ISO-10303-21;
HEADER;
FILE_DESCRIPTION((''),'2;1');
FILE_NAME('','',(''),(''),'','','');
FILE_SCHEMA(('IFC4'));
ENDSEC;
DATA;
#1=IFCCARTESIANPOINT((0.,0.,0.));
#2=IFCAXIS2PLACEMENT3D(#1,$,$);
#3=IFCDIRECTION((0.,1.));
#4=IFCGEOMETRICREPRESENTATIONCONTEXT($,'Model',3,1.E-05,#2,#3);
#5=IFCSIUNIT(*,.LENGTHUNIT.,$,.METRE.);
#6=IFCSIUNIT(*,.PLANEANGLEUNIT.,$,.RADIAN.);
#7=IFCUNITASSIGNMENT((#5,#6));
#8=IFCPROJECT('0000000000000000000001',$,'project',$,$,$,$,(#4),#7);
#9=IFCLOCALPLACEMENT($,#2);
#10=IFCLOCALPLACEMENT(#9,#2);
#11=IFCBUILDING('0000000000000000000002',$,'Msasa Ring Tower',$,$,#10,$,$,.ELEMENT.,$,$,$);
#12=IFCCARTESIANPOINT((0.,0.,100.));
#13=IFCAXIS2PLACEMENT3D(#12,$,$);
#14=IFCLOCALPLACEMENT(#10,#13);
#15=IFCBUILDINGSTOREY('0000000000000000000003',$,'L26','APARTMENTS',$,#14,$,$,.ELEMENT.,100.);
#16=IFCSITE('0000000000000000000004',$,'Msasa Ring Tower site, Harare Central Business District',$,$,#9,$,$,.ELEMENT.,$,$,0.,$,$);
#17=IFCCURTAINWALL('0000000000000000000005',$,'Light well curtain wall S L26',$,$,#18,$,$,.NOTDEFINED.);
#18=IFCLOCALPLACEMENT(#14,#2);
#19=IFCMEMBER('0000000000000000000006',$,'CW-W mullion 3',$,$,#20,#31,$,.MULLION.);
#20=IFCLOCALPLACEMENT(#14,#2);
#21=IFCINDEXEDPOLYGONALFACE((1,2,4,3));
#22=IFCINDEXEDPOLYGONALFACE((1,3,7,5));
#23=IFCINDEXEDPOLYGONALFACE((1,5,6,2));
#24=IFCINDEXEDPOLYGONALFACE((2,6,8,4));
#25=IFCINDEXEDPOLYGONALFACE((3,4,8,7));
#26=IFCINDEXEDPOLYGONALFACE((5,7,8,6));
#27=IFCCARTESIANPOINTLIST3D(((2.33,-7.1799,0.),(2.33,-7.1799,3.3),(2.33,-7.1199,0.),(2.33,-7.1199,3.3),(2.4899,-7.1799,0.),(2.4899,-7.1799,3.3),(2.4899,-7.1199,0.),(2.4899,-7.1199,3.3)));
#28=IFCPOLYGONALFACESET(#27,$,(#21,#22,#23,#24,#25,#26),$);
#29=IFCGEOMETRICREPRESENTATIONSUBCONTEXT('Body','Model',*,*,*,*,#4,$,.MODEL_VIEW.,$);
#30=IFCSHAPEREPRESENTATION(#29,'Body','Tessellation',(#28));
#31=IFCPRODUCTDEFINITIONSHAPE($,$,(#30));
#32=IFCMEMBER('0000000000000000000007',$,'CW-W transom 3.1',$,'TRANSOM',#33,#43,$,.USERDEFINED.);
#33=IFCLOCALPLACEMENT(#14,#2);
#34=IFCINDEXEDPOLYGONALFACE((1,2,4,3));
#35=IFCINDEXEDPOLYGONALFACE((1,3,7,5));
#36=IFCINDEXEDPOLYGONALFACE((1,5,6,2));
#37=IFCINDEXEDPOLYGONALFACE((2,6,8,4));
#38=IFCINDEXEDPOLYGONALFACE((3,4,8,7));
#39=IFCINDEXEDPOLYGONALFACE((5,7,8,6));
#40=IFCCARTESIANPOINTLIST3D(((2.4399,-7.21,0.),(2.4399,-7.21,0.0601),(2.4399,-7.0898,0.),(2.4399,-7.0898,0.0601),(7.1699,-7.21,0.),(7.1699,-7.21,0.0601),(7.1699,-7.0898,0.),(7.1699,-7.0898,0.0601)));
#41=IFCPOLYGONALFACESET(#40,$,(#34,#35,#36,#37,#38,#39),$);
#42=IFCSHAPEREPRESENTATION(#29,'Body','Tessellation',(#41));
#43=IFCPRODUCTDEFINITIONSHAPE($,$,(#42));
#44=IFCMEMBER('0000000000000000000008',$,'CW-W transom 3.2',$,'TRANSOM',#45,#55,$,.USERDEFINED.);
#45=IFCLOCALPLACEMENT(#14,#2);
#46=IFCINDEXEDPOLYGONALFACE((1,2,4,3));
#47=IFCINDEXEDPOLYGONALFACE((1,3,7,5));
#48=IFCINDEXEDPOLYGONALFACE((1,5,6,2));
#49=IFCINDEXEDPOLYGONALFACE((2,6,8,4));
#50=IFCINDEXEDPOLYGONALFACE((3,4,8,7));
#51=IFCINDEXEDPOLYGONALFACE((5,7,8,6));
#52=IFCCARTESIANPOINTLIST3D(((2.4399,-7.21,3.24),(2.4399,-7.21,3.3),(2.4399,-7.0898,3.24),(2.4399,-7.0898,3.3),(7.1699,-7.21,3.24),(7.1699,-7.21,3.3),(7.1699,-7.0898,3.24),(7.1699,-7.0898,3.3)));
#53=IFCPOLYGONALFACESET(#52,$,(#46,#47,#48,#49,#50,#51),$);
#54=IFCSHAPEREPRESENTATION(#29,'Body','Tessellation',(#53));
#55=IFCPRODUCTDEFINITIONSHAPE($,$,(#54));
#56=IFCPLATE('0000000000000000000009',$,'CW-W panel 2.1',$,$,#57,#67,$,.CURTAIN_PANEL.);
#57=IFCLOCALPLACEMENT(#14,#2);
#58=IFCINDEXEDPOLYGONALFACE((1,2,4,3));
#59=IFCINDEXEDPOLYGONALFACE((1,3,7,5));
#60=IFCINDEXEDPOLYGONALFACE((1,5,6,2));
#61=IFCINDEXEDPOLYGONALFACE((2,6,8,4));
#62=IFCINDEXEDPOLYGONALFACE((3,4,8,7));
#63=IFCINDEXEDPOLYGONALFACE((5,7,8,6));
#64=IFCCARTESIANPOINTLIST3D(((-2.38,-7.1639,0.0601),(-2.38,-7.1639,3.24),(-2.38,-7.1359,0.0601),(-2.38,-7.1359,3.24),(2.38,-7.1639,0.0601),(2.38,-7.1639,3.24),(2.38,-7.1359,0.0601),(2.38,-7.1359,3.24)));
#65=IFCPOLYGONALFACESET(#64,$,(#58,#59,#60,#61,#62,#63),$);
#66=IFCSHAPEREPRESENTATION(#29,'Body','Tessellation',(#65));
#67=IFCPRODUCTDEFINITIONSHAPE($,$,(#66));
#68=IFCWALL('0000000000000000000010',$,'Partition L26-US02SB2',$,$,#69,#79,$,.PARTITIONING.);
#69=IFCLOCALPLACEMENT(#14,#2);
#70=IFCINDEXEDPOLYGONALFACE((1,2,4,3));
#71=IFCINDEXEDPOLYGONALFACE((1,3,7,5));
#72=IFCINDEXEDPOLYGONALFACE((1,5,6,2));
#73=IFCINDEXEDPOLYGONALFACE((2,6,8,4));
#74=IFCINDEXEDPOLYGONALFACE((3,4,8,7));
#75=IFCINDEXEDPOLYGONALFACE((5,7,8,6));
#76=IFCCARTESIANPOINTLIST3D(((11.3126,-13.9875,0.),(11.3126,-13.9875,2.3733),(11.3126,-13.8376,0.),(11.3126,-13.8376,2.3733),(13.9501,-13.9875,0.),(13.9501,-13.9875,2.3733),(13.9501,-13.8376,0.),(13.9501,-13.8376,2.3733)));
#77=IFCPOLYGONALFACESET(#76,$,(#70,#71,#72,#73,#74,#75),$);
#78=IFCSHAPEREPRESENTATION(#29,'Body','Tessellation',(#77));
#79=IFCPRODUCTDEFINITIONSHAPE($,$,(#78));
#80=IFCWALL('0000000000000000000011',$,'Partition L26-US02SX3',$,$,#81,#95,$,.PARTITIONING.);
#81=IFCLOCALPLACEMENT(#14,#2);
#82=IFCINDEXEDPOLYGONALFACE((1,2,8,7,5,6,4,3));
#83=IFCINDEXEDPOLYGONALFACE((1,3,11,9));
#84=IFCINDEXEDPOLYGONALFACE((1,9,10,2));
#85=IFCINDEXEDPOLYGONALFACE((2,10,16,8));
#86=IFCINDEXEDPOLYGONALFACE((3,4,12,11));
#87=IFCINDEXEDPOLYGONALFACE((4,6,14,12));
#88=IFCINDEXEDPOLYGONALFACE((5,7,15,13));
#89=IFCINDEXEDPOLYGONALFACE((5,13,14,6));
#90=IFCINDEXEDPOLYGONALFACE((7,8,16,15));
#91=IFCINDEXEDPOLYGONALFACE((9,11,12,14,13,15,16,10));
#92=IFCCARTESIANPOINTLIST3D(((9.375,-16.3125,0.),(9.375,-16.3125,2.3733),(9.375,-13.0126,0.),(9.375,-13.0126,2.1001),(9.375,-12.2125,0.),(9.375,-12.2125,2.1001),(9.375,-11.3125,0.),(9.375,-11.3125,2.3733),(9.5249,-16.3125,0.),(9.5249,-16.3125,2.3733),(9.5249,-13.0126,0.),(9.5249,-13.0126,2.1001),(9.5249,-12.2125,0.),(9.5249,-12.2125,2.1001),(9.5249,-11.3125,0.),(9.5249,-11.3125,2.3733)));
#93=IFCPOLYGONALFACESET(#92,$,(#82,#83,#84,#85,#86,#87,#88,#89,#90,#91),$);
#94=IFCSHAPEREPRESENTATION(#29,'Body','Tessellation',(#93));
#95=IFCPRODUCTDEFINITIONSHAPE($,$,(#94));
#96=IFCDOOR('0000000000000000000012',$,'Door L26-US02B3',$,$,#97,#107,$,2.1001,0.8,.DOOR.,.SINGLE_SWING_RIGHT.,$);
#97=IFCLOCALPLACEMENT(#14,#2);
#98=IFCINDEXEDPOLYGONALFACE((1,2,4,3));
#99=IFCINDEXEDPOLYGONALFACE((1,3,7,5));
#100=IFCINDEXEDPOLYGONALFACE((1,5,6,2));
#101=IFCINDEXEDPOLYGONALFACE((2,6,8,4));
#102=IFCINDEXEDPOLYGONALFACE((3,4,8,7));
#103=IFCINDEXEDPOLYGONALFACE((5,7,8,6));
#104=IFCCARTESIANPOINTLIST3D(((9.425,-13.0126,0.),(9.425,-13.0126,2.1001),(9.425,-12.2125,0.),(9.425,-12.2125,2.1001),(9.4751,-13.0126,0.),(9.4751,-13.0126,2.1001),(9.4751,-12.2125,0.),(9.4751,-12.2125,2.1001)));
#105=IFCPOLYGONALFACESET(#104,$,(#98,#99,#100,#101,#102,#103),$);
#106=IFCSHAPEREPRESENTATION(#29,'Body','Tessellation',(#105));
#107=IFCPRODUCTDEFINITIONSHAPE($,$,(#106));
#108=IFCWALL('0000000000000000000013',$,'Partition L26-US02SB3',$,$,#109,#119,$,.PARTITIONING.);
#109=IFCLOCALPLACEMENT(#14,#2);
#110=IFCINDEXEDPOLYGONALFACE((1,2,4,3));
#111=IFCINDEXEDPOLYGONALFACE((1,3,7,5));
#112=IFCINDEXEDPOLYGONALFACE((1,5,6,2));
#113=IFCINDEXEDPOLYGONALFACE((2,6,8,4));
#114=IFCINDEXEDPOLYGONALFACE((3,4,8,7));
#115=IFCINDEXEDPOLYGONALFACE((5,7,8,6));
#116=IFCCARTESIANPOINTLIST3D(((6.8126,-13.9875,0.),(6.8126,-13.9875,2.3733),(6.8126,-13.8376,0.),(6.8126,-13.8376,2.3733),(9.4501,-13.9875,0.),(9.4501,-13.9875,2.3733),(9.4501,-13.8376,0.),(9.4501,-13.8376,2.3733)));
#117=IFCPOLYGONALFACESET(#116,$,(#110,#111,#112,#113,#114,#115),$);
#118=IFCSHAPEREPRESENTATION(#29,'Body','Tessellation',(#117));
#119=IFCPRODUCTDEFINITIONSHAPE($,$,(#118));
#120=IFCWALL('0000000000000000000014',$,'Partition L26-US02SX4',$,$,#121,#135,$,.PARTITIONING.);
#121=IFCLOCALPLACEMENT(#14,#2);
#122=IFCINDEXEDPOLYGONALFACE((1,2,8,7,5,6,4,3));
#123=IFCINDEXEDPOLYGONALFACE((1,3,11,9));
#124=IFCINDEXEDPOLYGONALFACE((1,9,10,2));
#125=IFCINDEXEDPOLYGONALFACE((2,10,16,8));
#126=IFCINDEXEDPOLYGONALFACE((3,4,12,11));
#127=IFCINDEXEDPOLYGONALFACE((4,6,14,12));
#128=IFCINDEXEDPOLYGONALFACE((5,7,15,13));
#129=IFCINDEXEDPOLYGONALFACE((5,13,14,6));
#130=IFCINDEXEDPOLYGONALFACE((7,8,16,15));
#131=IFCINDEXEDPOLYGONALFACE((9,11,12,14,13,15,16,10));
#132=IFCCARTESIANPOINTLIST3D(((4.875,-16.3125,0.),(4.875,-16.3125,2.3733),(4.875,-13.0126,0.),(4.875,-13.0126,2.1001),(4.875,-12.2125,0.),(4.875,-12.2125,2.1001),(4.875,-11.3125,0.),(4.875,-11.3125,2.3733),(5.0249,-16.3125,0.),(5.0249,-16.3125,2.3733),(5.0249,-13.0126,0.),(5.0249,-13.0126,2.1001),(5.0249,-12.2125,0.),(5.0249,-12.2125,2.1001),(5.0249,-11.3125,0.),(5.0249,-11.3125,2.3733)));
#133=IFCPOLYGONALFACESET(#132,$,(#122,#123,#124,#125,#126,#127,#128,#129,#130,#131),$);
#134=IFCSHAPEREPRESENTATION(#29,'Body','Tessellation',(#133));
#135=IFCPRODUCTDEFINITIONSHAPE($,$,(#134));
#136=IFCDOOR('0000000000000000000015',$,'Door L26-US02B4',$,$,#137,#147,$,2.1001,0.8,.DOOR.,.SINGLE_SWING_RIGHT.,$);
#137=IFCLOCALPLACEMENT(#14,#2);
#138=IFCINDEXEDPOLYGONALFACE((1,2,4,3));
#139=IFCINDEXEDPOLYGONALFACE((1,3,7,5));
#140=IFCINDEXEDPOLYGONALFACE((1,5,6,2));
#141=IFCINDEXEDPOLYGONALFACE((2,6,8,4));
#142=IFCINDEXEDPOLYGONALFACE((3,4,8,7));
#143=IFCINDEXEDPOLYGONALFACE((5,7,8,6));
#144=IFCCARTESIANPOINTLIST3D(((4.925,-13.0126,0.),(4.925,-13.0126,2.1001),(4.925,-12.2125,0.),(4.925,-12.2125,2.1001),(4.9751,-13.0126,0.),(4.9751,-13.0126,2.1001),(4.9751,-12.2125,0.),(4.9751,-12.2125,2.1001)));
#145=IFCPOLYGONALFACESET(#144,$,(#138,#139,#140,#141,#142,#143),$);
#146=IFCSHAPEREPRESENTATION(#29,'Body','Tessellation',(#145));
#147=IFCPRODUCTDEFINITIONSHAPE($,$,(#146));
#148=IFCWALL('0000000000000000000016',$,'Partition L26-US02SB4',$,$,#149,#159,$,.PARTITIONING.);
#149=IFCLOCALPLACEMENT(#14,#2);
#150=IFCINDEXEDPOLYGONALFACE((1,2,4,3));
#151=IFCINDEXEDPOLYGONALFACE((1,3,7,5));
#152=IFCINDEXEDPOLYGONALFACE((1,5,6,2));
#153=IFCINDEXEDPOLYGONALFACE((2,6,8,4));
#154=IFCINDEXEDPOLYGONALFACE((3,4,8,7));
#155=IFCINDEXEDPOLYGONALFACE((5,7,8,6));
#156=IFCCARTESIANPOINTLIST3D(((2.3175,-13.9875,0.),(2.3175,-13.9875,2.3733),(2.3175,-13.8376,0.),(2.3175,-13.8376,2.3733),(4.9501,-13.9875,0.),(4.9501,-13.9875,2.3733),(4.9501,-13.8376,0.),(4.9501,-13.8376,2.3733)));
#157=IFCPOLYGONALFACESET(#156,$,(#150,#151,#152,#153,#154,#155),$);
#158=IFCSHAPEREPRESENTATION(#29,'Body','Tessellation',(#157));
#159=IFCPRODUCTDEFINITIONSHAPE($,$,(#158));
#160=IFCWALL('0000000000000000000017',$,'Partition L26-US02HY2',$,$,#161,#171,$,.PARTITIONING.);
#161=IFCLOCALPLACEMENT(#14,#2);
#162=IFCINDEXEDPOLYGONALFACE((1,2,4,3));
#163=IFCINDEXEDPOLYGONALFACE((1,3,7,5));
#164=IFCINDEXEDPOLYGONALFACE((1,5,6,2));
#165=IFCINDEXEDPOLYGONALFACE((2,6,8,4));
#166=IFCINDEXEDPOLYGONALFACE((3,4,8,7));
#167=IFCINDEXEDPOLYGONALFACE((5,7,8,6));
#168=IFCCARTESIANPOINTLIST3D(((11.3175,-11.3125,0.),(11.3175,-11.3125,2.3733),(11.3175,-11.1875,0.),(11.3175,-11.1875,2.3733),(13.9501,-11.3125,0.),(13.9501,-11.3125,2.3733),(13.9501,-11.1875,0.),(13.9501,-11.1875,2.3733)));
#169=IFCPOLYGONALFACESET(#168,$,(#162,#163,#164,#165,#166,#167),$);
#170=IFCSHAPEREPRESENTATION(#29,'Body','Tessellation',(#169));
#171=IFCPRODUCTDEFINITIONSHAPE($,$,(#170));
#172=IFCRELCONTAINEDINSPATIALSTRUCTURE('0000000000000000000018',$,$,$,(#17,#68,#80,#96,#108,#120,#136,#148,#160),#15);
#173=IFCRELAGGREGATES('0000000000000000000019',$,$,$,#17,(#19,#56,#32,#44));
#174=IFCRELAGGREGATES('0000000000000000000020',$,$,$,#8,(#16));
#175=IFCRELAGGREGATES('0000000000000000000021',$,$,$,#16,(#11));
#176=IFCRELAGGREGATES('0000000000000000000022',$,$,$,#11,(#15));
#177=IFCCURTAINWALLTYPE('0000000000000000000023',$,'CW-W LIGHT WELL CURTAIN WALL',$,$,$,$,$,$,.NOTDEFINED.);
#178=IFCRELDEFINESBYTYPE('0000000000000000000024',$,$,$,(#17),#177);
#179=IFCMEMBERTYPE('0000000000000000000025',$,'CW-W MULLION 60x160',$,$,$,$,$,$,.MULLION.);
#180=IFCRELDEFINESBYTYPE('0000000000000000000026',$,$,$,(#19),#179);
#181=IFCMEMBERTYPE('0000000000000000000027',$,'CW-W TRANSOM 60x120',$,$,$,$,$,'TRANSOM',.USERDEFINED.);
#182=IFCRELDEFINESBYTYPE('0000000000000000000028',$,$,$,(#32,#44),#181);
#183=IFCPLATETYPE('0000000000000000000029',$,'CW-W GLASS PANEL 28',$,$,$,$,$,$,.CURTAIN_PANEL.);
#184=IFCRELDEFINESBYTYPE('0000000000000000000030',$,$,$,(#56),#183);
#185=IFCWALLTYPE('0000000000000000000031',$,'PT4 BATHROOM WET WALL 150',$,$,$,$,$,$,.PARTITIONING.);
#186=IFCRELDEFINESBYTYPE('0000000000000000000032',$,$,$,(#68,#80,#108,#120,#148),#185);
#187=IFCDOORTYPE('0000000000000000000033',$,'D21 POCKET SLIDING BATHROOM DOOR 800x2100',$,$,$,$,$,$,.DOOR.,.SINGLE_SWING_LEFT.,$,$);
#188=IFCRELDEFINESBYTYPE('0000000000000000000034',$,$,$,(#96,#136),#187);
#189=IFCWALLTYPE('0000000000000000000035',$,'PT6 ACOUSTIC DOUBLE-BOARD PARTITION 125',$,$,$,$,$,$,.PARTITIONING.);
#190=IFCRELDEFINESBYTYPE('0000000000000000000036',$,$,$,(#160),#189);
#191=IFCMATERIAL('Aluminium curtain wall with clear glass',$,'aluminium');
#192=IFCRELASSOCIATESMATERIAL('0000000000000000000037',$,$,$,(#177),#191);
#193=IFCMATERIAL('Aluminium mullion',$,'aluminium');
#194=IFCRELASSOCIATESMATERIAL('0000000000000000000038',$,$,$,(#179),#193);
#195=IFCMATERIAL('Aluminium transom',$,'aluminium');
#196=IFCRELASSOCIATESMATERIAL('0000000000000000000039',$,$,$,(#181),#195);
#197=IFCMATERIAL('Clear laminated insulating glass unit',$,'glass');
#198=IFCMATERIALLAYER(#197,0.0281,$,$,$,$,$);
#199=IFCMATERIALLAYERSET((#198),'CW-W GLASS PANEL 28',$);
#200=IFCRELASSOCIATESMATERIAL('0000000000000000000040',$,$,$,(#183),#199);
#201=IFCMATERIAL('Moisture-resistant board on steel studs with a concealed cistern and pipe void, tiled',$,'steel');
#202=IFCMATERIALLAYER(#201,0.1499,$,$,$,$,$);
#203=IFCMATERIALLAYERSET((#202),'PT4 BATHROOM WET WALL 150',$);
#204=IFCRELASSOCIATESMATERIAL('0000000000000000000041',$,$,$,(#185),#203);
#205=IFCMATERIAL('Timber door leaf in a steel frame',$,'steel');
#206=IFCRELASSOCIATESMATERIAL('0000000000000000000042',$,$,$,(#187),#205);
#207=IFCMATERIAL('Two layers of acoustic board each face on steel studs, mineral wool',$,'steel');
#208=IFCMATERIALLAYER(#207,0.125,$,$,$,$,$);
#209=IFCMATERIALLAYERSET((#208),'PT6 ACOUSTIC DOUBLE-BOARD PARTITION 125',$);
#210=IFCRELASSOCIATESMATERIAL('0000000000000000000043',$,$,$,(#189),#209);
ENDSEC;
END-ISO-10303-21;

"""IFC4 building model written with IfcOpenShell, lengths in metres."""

from ifc_helpers import new_model, si_unit, direction, frame, frame_2d, origin, origin_2d, place, context, subcontext, project, spatial, rectangle, extrude, material, layer, layer_set, material_profile, profile_set, type_object, element, fill, aggregate, save


model = new_model("IFC4")

# Units and contexts
model_context = context("Model", 3, precision=1e-05, world=origin(), true_north=direction((0.0, 1.0)))
body_context = subcontext(model_context, "Body", "Model", "MODEL_VIEW")
ifc_project = project(units=[si_unit("LENGTHUNIT", "METRE"), si_unit("PLANEANGLEUNIT", "RADIAN")], contexts=[model_context])

# Site, building, storey
site_placement = place(None, origin())
site = spatial("IfcSite", under=ifc_project, at=site_placement, Name="Msasa Ring Tower site, Harare Central Business District", CompositionType="ELEMENT", RefElevation=0.0)
building_placement = place(site_placement, origin())
building = spatial("IfcBuilding", under=site, at=building_placement, Name="Msasa Ring Tower", CompositionType="ELEMENT")
storey_placement = place(building_placement, frame((0.0, 0.0, 100.0)))
storey = spatial("IfcBuildingStorey", under=building, at=storey_placement, Name="L26", Description="APARTMENTS", CompositionType="ELEMENT", Elevation=100.0)

# Curtain wall, members, plate
ifc_material_1 = material(Name="Aluminium curtain wall with clear glass", Category="aluminium")
curtain_wall_type = type_object("IfcCurtainWallType", Name="CW-W LIGHT WELL CURTAIN WALL", PredefinedType="NOTDEFINED", material=ifc_material_1)
curtain_wall_placement = place(storey_placement, origin())
curtain_wall = element("IfcCurtainWall", 1, at=curtain_wall_placement, inside=storey, type_object=curtain_wall_type, Name="Light well curtain wall S L26", PredefinedType="NOTDEFINED")
ifc_material_2 = material(Name="Aluminium mullion", Category="aluminium")
ifc_material_profile_1 = material_profile(ifc_material_2, rectangle(XDim=0.0601, YDim=0.1599, at=origin_2d()), Name="AL 60x160")
ifc_profile_set_1 = profile_set([ifc_material_profile_1], Name="Aluminium mullion")
member_type_1 = type_object("IfcMemberType", Name="CW-W MULLION 60x160", PredefinedType="MULLION", material=ifc_profile_set_1)
member_1_placement = place(storey_placement, frame((2.4099, -7.1499, 0.0), z_axis=(0.0, 0.0, 1.0), x_axis=(0.0, 1.0, 0.0)))
member_1 = element("IfcMember", 2, at=member_1_placement, type_object=member_type_1, Name="CW-W mullion 3", PredefinedType="MULLION", context=body_context, shape_type="SweptSolid", body=[
    extrude(rectangle(XDim=0.0601, YDim=0.1599, at=origin_2d()), origin(), (0.0, 0.0, 1.0), 3.3),
])
ifc_material_3 = material(Name="Aluminium transom", Category="aluminium")
ifc_material_profile_2 = material_profile(ifc_material_3, rectangle(XDim=0.1201, YDim=0.0601, at=origin_2d()), Name="AL 60x120")
ifc_profile_set_2 = profile_set([ifc_material_profile_2], Name="Aluminium transom")
member_type_2 = type_object("IfcMemberType", Name="CW-W TRANSOM 60x120", ElementType="TRANSOM", PredefinedType="USERDEFINED", material=ifc_profile_set_2)
member_2_placement = place(storey_placement, frame((2.4399, -7.1499, 0.03), z_axis=(1.0, 0.0, 0.0), x_axis=(0.0, 1.0, 0.0)))
member_2 = element("IfcMember", 3, at=member_2_placement, type_object=member_type_2, Name="CW-W transom 3.1", ObjectType="TRANSOM", PredefinedType="USERDEFINED", context=body_context, shape_type="SweptSolid", body=[
    extrude(rectangle(XDim=0.1201, YDim=0.0601, at=origin_2d()), origin(), (0.0, 0.0, 1.0), 4.73),
])
member_3_placement = place(storey_placement, frame((2.4399, -7.1499, 3.27), z_axis=(1.0, 0.0, 0.0), x_axis=(0.0, 1.0, 0.0)))
member_3 = element("IfcMember", 4, at=member_3_placement, type_object=member_type_2, Name="CW-W transom 3.2", ObjectType="TRANSOM", PredefinedType="USERDEFINED", context=body_context, shape_type="SweptSolid", body=[
    extrude(rectangle(XDim=0.1201, YDim=0.0601, at=origin_2d()), origin(), (0.0, 0.0, 1.0), 4.73),
])
ifc_material_4 = material(Name="Clear laminated insulating glass unit", Category="glass")
ifc_layer_1 = layer(ifc_material_4, 0.0281)
ifc_layer_set_1 = layer_set([ifc_layer_1], Name="CW-W GLASS PANEL 28")
plate_type = type_object("IfcPlateType", Name="CW-W GLASS PANEL 28", PredefinedType="CURTAIN_PANEL", material=ifc_layer_set_1)
plate_placement = place(storey_placement, frame((0.0, -7.1499, 0.0601), z_axis=(0.0, 0.0, 1.0), x_axis=(1.0, 0.0, 0.0)))
plate = element("IfcPlate", 5, at=plate_placement, type_object=plate_type, Name="CW-W panel 2.1", PredefinedType="CURTAIN_PANEL", context=body_context, shape_type="SweptSolid", body=[
    extrude(rectangle(XDim=4.76, YDim=0.0281, at=origin_2d()), origin(), (0.0, 0.0, 1.0), 3.1799),
])
aggregate(curtain_wall, [member_1, plate, member_2, member_3])

# Wall
ifc_material_5 = material(Name="Moisture-resistant board on steel studs with a concealed cistern and pipe void, tiled", Category="steel")
ifc_layer_2 = layer(ifc_material_5, 0.1499)
ifc_layer_set_2 = layer_set([ifc_layer_2], Name="PT4 BATHROOM WET WALL 150")
wall_type_1 = type_object("IfcWallType", Name="PT4 BATHROOM WET WALL 150", PredefinedType="PARTITIONING", material=ifc_layer_set_2)
wall_1_placement = place(storey_placement, frame((11.3125, -13.9126, 0.0), z_axis=(0.0, 0.0, 1.0), x_axis=(1.0, 0.0, 0.0)))
element("IfcWall", 6, at=wall_1_placement, inside=storey, type_object=wall_type_1, Name="Partition L26-US02SB2", PredefinedType="PARTITIONING", context=body_context, shape_type="SweptSolid", body=[
    extrude(rectangle(XDim=2.6375, YDim=0.1499, at=frame_2d((1.3188, 0.0))), origin(), (0.0, 0.0, 1.0), 2.3733),
])

# Wall, opening, door
wall_2_placement = place(storey_placement, frame((9.45, -16.3125, 0.0), z_axis=(0.0, 0.0, 1.0), x_axis=(0.0, 1.0, 0.0)))
wall_2 = element("IfcWall", 7, at=wall_2_placement, inside=storey, type_object=wall_type_1, Name="Partition L26-US02SX3", PredefinedType="PARTITIONING", context=body_context, shape_type="SweptSolid", body=[
    extrude(rectangle(XDim=5.0, YDim=0.1499, at=frame_2d((2.5, 0.0))), origin(), (0.0, 0.0, 1.0), 2.3733),
])
opening_1_placement = place(wall_2_placement, frame((3.3, 0.0, 0.0)))
opening_1 = element("IfcOpeningElement", 8, at=opening_1_placement, cuts=wall_2, PredefinedType="OPENING", context=body_context, shape_type="SweptSolid", body=[
    extrude(rectangle(XDim=0.8, YDim=2.1001, at=frame_2d((0.3999, 1.05))), frame((0.0, 0.085, 0.0), z_axis=(0.0, -1.0, 0.0), x_axis=(1.0, 0.0, 0.0)), (0.0, 0.0, 1.0), 0.1699),
])
ifc_material_6 = material(Name="Timber door leaf in a steel frame", Category="steel")
door_type_1 = type_object("IfcDoorType", Name="D21 POCKET SLIDING BATHROOM DOOR 800x2100", OperationType="SINGLE_SWING_LEFT", PredefinedType="DOOR", material=ifc_material_6)
door_1_placement = place(opening_1_placement, origin())
door_1 = element("IfcDoor", 9, at=door_1_placement, inside=storey, type_object=door_type_1, Name="Door L26-US02B3", OperationType="SINGLE_SWING_RIGHT", OverallHeight=2.1001, OverallWidth=0.8, PredefinedType="DOOR", context=body_context, shape_type="SweptSolid", body=[
    extrude(rectangle(XDim=0.8, YDim=2.1001, at=frame_2d((0.3999, 1.05))), frame((0.0, 0.0249, 0.0), z_axis=(0.0, -1.0, 0.0), x_axis=(1.0, 0.0, 0.0)), (0.0, 0.0, 1.0), 0.05),
])
fill(opening_1, door_1)

# Wall
wall_3_placement = place(storey_placement, frame((6.8125, -13.9126, 0.0), z_axis=(0.0, 0.0, 1.0), x_axis=(1.0, 0.0, 0.0)))
element("IfcWall", 10, at=wall_3_placement, inside=storey, type_object=wall_type_1, Name="Partition L26-US02SB3", PredefinedType="PARTITIONING", context=body_context, shape_type="SweptSolid", body=[
    extrude(rectangle(XDim=2.6375, YDim=0.1499, at=frame_2d((1.3188, 0.0))), origin(), (0.0, 0.0, 1.0), 2.3733),
])

# Wall, opening, door
wall_4_placement = place(storey_placement, frame((4.95, -16.3125, 0.0), z_axis=(0.0, 0.0, 1.0), x_axis=(0.0, 1.0, 0.0)))
wall_4 = element("IfcWall", 11, at=wall_4_placement, inside=storey, type_object=wall_type_1, Name="Partition L26-US02SX4", PredefinedType="PARTITIONING", context=body_context, shape_type="SweptSolid", body=[
    extrude(rectangle(XDim=5.0, YDim=0.1499, at=frame_2d((2.5, 0.0))), origin(), (0.0, 0.0, 1.0), 2.3733),
])
opening_2_placement = place(wall_4_placement, frame((3.3, 0.0, 0.0)))
opening_2 = element("IfcOpeningElement", 12, at=opening_2_placement, cuts=wall_4, PredefinedType="OPENING", context=body_context, shape_type="SweptSolid", body=[
    extrude(rectangle(XDim=0.8, YDim=2.1001, at=frame_2d((0.3999, 1.05))), frame((0.0, 0.085, 0.0), z_axis=(0.0, -1.0, 0.0), x_axis=(1.0, 0.0, 0.0)), (0.0, 0.0, 1.0), 0.1699),
])
door_2_placement = place(opening_2_placement, origin())
door_2 = element("IfcDoor", 13, at=door_2_placement, inside=storey, type_object=door_type_1, Name="Door L26-US02B4", OperationType="SINGLE_SWING_RIGHT", OverallHeight=2.1001, OverallWidth=0.8, PredefinedType="DOOR", context=body_context, shape_type="SweptSolid", body=[
    extrude(rectangle(XDim=0.8, YDim=2.1001, at=frame_2d((0.3999, 1.05))), frame((0.0, 0.0249, 0.0), z_axis=(0.0, -1.0, 0.0), x_axis=(1.0, 0.0, 0.0)), (0.0, 0.0, 1.0), 0.05),
])
fill(opening_2, door_2)

# Walls
wall_5_placement = place(storey_placement, frame((2.3174, -13.9126, 0.0), z_axis=(0.0, 0.0, 1.0), x_axis=(1.0, 0.0, 0.0)))
element("IfcWall", 14, at=wall_5_placement, inside=storey, type_object=wall_type_1, Name="Partition L26-US02SB4", PredefinedType="PARTITIONING", context=body_context, shape_type="SweptSolid", body=[
    extrude(rectangle(XDim=2.6326, YDim=0.1499, at=frame_2d((1.3164, 0.0))), origin(), (0.0, 0.0, 1.0), 2.3733),
])
ifc_material_7 = material(Name="Two layers of acoustic board each face on steel studs, mineral wool", Category="steel")
ifc_layer_3 = layer(ifc_material_7, 0.125)
ifc_layer_set_3 = layer_set([ifc_layer_3], Name="PT6 ACOUSTIC DOUBLE-BOARD PARTITION 125")
wall_type_2 = type_object("IfcWallType", Name="PT6 ACOUSTIC DOUBLE-BOARD PARTITION 125", PredefinedType="PARTITIONING", material=ifc_layer_set_3)
wall_6_placement = place(storey_placement, frame((11.3174, -11.25, 0.0), z_axis=(0.0, 0.0, 1.0), x_axis=(1.0, 0.0, 0.0)))
element("IfcWall", 15, at=wall_6_placement, inside=storey, type_object=wall_type_2, Name="Partition L26-US02HY2", PredefinedType="PARTITIONING", context=body_context, shape_type="SweptSolid", body=[
    extrude(rectangle(XDim=2.6326, YDim=0.125, at=frame_2d((1.3164, 0.0))), origin(), (0.0, 0.0, 1.0), 2.3733),
])

save(model, "model.ifc")
